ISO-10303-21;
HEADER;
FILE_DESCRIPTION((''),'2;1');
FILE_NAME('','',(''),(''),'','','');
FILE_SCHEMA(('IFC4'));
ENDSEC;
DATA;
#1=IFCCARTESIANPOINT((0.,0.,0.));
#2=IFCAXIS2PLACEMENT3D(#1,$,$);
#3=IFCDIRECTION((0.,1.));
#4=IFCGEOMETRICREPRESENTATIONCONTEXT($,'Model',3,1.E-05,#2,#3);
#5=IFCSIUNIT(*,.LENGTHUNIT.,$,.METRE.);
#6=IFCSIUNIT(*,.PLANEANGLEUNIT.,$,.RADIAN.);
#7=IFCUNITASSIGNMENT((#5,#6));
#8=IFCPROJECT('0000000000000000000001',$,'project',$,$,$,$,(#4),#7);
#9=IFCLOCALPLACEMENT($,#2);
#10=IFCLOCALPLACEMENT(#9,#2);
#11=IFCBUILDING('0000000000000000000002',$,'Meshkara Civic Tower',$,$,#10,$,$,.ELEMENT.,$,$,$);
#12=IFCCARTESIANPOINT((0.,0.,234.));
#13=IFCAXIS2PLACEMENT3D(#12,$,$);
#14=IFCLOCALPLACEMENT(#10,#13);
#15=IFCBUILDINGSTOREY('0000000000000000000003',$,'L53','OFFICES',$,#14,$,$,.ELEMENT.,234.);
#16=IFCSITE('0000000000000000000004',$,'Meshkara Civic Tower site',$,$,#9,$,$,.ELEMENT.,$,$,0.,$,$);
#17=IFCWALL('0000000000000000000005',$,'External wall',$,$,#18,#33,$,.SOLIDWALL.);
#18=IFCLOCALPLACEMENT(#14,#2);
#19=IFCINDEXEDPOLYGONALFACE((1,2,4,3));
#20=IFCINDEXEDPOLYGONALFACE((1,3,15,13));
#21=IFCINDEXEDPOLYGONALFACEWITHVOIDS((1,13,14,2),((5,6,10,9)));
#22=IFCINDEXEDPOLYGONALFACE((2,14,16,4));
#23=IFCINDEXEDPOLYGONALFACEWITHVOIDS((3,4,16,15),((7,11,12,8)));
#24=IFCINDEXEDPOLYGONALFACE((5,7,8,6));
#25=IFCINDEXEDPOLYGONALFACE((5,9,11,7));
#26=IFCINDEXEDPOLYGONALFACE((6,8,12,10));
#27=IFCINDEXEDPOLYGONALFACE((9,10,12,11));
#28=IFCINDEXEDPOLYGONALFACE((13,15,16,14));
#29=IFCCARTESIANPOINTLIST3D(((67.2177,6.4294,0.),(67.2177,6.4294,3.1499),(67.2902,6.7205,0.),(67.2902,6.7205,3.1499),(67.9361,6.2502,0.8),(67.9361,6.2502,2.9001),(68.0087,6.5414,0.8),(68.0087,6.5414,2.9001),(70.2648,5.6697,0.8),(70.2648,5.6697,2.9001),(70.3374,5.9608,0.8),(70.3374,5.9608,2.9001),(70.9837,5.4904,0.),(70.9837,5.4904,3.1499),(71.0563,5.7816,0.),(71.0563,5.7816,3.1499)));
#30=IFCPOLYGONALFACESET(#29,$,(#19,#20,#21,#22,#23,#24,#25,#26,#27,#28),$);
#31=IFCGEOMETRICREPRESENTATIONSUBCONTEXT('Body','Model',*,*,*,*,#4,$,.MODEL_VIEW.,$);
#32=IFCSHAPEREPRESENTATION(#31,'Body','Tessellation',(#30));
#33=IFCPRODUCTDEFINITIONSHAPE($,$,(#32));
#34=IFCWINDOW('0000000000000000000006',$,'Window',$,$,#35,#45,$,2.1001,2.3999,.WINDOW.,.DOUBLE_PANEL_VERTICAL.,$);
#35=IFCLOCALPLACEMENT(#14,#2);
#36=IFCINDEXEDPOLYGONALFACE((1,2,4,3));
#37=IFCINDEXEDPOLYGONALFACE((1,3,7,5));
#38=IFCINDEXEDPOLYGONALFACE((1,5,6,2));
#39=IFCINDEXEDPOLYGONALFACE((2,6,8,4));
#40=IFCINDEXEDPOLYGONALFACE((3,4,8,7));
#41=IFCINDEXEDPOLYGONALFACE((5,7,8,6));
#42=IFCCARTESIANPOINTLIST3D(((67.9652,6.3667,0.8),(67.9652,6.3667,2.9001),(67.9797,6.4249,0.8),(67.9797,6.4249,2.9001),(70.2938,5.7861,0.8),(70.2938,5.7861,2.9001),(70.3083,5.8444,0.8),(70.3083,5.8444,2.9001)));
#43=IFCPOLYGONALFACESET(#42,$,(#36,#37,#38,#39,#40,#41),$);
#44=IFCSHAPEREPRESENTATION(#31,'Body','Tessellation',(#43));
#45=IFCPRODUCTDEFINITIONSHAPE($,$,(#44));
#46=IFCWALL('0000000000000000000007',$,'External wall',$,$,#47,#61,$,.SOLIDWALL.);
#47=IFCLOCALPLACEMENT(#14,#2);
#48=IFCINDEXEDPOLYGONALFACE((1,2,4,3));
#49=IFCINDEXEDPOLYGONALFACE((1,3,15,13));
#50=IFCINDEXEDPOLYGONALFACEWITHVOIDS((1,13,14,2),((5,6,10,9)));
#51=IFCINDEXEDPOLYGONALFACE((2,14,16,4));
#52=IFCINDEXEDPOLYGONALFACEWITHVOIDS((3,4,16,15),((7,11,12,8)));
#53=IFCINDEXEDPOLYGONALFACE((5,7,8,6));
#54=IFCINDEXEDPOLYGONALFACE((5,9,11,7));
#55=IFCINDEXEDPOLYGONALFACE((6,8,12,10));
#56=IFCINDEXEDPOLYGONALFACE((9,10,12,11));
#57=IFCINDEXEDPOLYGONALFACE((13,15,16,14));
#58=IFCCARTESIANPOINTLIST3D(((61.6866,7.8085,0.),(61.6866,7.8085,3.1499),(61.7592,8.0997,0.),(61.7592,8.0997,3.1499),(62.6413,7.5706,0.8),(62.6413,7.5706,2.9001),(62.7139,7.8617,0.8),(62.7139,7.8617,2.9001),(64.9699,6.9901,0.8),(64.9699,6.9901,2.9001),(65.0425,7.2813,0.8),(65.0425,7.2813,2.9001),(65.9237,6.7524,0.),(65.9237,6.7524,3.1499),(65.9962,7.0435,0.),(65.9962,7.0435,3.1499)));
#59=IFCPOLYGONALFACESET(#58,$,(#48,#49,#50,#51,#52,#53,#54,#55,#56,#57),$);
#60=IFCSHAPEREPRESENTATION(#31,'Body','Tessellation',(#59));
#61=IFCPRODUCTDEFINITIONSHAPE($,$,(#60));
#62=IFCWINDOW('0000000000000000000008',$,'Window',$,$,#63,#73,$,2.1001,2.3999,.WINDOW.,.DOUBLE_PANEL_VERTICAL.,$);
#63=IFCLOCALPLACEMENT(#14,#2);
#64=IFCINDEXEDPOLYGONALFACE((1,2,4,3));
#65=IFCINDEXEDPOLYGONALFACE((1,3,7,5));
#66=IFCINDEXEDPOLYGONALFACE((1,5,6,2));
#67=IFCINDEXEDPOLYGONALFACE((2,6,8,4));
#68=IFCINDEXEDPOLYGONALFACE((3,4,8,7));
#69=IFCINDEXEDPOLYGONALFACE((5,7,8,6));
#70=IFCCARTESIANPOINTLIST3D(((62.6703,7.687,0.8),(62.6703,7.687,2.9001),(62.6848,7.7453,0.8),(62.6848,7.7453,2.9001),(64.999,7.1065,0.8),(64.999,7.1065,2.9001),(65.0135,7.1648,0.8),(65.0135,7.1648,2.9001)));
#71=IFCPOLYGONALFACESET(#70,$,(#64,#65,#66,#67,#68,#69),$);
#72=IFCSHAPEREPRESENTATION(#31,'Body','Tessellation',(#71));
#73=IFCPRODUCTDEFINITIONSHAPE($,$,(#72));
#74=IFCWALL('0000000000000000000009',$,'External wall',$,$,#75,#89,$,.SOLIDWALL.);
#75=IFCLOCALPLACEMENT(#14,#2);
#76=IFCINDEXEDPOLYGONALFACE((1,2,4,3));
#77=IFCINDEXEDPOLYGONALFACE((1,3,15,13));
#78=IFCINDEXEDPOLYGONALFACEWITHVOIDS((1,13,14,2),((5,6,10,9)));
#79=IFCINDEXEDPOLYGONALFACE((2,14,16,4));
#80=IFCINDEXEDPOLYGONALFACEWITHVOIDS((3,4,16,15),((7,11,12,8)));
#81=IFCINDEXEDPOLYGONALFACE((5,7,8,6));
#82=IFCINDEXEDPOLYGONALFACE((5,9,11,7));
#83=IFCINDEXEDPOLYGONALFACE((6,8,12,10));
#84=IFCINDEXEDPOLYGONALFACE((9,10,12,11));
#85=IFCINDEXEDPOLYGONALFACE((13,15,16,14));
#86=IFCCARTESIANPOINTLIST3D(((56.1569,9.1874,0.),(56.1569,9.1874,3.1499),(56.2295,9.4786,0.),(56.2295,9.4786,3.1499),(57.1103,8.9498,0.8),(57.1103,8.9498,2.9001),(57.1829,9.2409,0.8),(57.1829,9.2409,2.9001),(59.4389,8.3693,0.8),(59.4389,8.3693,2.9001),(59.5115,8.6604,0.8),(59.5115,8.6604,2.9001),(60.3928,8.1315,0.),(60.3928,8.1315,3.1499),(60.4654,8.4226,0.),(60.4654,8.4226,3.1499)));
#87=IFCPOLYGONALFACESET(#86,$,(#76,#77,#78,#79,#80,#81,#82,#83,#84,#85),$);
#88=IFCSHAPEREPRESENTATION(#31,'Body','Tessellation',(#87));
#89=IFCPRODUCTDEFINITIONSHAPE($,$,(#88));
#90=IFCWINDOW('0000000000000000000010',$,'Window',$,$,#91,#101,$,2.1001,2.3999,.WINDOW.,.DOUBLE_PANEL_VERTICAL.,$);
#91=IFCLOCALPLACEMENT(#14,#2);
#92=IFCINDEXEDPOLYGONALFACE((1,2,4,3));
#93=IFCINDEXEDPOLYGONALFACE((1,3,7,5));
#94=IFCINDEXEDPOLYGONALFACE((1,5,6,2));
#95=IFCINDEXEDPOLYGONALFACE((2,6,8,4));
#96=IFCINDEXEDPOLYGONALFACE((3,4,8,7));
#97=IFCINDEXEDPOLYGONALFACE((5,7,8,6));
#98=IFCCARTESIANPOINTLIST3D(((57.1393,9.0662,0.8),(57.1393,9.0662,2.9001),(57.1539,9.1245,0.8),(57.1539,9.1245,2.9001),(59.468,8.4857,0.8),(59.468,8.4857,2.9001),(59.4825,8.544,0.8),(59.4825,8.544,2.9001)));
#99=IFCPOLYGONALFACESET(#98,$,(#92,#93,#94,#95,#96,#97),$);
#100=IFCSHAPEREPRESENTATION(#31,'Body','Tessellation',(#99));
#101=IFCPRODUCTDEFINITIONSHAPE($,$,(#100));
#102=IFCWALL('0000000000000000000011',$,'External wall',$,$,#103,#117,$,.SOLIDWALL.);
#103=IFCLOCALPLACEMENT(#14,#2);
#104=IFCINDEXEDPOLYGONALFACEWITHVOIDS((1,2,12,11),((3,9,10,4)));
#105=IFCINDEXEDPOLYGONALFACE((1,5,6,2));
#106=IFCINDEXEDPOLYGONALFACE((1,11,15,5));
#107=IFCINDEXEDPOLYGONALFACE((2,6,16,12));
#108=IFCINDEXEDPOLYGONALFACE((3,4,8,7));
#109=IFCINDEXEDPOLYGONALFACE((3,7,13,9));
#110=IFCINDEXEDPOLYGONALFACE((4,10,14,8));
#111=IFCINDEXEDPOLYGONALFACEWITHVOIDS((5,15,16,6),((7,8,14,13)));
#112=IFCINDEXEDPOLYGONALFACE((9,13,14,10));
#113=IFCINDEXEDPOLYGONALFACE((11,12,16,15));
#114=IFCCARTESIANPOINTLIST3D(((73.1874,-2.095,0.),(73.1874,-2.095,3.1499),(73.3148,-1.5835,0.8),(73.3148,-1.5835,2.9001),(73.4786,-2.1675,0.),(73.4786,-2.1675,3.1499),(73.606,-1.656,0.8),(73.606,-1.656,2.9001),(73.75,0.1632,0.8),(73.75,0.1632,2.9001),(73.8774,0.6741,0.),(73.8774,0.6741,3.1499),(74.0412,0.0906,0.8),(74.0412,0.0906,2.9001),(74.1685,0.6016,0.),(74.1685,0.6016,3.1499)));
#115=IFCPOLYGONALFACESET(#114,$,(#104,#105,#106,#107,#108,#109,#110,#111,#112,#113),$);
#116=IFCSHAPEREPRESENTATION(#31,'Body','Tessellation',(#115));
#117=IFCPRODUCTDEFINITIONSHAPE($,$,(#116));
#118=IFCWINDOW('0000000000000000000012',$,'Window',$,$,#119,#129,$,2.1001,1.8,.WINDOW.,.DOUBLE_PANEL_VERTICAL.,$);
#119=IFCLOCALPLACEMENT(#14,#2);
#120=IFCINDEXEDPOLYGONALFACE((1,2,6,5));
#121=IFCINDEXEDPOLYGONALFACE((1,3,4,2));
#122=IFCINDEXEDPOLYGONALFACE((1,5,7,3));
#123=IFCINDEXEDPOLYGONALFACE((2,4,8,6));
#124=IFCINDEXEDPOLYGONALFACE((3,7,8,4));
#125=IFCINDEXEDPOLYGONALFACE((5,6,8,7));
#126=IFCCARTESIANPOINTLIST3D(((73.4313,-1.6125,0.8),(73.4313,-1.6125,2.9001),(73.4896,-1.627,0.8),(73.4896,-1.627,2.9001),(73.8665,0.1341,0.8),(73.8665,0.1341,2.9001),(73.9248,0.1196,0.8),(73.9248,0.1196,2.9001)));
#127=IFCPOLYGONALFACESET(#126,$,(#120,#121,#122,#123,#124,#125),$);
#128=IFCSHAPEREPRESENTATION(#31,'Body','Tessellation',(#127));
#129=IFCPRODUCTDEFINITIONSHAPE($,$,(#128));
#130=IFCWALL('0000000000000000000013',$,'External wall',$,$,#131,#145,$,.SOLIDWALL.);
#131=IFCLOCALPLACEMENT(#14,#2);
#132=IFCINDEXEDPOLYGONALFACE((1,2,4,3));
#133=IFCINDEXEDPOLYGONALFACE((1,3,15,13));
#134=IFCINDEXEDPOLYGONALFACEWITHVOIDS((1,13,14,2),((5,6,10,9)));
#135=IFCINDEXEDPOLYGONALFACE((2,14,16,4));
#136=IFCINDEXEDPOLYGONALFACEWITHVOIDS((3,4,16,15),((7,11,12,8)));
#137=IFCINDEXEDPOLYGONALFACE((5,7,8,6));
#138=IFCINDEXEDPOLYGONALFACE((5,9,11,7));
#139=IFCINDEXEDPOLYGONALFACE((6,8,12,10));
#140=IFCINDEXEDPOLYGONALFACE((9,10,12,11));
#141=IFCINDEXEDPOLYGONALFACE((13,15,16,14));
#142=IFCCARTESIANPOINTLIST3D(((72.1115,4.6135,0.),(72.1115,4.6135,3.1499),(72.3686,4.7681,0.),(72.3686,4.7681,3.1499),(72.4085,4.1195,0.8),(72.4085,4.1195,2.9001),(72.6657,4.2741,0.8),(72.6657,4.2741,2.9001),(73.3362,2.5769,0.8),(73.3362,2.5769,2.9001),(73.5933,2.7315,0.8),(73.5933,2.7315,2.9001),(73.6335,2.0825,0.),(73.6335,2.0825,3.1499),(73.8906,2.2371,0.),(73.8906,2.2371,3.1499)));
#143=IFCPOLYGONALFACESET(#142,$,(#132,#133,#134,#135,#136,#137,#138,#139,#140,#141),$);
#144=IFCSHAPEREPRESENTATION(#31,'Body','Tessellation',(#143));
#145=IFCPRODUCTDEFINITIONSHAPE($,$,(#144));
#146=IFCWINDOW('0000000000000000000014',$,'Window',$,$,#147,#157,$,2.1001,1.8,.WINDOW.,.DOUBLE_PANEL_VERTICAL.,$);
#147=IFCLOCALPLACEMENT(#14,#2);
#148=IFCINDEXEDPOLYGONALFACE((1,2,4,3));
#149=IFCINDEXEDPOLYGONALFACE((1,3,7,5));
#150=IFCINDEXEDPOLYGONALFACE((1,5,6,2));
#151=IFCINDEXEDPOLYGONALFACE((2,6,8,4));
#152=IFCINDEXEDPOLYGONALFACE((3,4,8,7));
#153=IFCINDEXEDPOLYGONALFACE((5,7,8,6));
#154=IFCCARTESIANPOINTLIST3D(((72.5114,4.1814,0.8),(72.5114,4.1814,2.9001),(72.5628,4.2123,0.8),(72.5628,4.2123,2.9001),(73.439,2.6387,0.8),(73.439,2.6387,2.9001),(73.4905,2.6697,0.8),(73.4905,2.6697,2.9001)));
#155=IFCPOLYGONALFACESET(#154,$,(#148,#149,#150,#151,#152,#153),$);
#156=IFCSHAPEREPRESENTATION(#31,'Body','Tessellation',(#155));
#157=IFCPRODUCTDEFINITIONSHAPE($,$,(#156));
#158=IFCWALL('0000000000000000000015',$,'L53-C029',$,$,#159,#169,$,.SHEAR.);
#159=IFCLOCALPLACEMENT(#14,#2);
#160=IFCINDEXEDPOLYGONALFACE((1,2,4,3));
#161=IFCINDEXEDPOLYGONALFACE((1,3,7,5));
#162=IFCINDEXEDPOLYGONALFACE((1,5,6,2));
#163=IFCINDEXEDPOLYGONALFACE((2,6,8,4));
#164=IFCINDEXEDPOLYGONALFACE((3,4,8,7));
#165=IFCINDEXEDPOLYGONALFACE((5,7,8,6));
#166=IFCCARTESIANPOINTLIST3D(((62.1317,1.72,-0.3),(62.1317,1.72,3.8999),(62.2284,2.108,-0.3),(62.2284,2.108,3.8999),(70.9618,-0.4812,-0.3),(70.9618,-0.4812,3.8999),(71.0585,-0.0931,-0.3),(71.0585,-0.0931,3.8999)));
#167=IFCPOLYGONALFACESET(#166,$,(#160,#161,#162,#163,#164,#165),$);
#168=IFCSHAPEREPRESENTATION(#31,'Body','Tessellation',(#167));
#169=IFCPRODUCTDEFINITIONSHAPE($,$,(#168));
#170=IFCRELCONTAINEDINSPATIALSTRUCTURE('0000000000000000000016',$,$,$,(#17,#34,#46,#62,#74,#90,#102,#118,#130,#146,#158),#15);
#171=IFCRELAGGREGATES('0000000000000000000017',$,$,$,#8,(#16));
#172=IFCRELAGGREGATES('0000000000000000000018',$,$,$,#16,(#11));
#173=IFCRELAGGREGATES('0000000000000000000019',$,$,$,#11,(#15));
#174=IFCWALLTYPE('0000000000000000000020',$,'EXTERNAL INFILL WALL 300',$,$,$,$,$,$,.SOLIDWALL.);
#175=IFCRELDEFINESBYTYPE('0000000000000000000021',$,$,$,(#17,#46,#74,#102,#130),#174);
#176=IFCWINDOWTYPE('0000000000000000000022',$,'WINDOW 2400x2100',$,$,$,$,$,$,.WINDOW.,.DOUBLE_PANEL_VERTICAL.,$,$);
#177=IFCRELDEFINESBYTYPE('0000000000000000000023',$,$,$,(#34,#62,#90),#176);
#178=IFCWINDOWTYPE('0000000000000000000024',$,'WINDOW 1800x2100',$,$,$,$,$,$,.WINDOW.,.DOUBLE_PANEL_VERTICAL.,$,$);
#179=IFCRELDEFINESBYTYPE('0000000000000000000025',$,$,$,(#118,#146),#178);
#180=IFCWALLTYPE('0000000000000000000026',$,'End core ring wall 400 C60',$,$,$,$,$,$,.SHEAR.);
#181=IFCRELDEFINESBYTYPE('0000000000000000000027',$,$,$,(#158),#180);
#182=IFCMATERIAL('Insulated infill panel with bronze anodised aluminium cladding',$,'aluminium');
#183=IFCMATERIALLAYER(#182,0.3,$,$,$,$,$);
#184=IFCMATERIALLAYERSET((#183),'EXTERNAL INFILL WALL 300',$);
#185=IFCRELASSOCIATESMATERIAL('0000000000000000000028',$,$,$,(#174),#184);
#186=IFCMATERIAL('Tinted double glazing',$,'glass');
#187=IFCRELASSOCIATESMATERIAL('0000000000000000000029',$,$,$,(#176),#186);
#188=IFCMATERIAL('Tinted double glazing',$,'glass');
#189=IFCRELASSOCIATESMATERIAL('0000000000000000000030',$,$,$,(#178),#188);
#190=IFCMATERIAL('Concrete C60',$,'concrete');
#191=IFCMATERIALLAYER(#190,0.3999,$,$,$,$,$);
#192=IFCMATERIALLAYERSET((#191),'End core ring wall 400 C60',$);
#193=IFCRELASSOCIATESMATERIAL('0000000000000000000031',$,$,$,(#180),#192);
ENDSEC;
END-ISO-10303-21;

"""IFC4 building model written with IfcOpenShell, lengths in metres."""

from ifc_helpers import new_model, si_unit, direction, frame, frame_2d, origin, place, context, subcontext, project, spatial, rectangle, extrude, material, layer, layer_set, type_object, element, fill, save


model = new_model("IFC4")

# Units and contexts
model_context = context("Model", 3, precision=1e-05, world=origin(), true_north=direction((0.0, 1.0)))
body_context = subcontext(model_context, "Body", "Model", "MODEL_VIEW")
ifc_project = project(units=[si_unit("LENGTHUNIT", "METRE"), si_unit("PLANEANGLEUNIT", "RADIAN")], contexts=[model_context])

# Site, building, storey
site_placement = place(None, origin())
site = spatial("IfcSite", under=ifc_project, at=site_placement, Name="Meshkara Civic Tower site", CompositionType="ELEMENT", RefElevation=0.0)
building_placement = place(site_placement, origin())
building = spatial("IfcBuilding", under=site, at=building_placement, Name="Meshkara Civic Tower", CompositionType="ELEMENT")
storey_placement = place(building_placement, frame((0.0, 0.0, 234.0)))
storey = spatial("IfcBuildingStorey", under=building, at=storey_placement, Name="L53", Description="OFFICES", CompositionType="ELEMENT", Elevation=234.0)

# Walls, openings, windows
ifc_material_1 = material(Name="Insulated infill panel with bronze anodised aluminium cladding", Category="aluminium")
ifc_layer_1 = layer(ifc_material_1, 0.3)
ifc_layer_set_1 = layer_set([ifc_layer_1], Name="EXTERNAL INFILL WALL 300")
wall_type_1 = type_object("IfcWallType", Name="EXTERNAL INFILL WALL 300", PredefinedType="SOLIDWALL", material=ifc_layer_set_1)
wall_1_placement = place(storey_placement, frame((71.02, 5.636, 0.0), z_axis=(0.0, 0.0, 1.0), x_axis=(-0.970298, 0.241914, 0.0)))
wall_1 = element("IfcWall", 1, at=wall_1_placement, inside=storey, type_object=wall_type_1, Name="External wall", PredefinedType="SOLIDWALL", context=body_context, shape_type="SweptSolid", body=[
    extrude(rectangle(XDim=3.8813, YDim=0.3, at=frame_2d((1.9407, 0.0))), origin(), (0.0, 0.0, 1.0), 3.1499),
])
opening_1_placement = place(wall_1_placement, frame((0.741, 0.0, 0.8)))
opening_1 = element("IfcOpeningElement", 2, at=opening_1_placement, cuts=wall_1, PredefinedType="OPENING", context=body_context, shape_type="SweptSolid", body=[
    extrude(rectangle(XDim=2.3999, YDim=2.1001, at=frame_2d((1.2, 1.05))), frame((0.0, 0.1599, 0.0), z_axis=(0.0, -1.0, 0.0), x_axis=(1.0, 0.0, 0.0)), (0.0, 0.0, 1.0), 0.3201),
])
ifc_material_2 = material(Name="Tinted double glazing", Category="glass")
window_type_1 = type_object("IfcWindowType", Name="WINDOW 2400x2100", PartitioningType="DOUBLE_PANEL_VERTICAL", PredefinedType="WINDOW", material=ifc_material_2)
window_1_placement = place(opening_1_placement, origin())
window_1 = element("IfcWindow", 3, at=window_1_placement, inside=storey, type_object=window_type_1, Name="Window", OverallHeight=2.1001, OverallWidth=2.3999, PartitioningType="DOUBLE_PANEL_VERTICAL", PredefinedType="WINDOW", context=body_context, shape_type="SweptSolid", body=[
    extrude(rectangle(XDim=2.3999, YDim=2.1001, at=frame_2d((1.2, 1.05))), frame((0.0, 0.03, 0.0), z_axis=(0.0, -1.0, 0.0), x_axis=(1.0, 0.0, 0.0)), (0.0, 0.0, 1.0), 0.0601),
])
fill(opening_1, window_1)
wall_2_placement = place(storey_placement, frame((65.96, 6.8979, 0.0), z_axis=(0.0, 0.0, 1.0), x_axis=(-0.97031, 0.241865, 0.0)))
wall_2 = element("IfcWall", 4, at=wall_2_placement, inside=storey, type_object=wall_type_1, Name="External wall", PredefinedType="SOLIDWALL", context=body_context, shape_type="SweptSolid", body=[
    extrude(rectangle(XDim=4.3667, YDim=0.3, at=frame_2d((2.1833, 0.0))), origin(), (0.0, 0.0, 1.0), 3.1499),
])
opening_2_placement = place(wall_2_placement, frame((0.9829, 0.0, 0.8)))
opening_2 = element("IfcOpeningElement", 5, at=opening_2_placement, cuts=wall_2, PredefinedType="OPENING", context=body_context, shape_type="SweptSolid", body=[
    extrude(rectangle(XDim=2.3999, YDim=2.1001, at=frame_2d((1.2, 1.05))), frame((0.0, 0.1599, 0.0), z_axis=(0.0, -1.0, 0.0), x_axis=(1.0, 0.0, 0.0)), (0.0, 0.0, 1.0), 0.3201),
])
window_2_placement = place(opening_2_placement, origin())
window_2 = element("IfcWindow", 6, at=window_2_placement, inside=storey, type_object=window_type_1, Name="Window", OverallHeight=2.1001, OverallWidth=2.3999, PartitioningType="DOUBLE_PANEL_VERTICAL", PredefinedType="WINDOW", context=body_context, shape_type="SweptSolid", body=[
    extrude(rectangle(XDim=2.3999, YDim=2.1001, at=frame_2d((1.2, 1.05))), frame((0.0, 0.03, 0.0), z_axis=(0.0, -1.0, 0.0), x_axis=(1.0, 0.0, 0.0)), (0.0, 0.0, 1.0), 0.0601),
])
fill(opening_2, window_2)
wall_3_placement = place(storey_placement, frame((60.429, 8.2771, 0.0), z_axis=(0.0, 0.0, 1.0), x_axis=(-0.970307, 0.241878, 0.0)))
wall_3 = element("IfcWall", 7, at=wall_3_placement, inside=storey, type_object=wall_type_1, Name="External wall", PredefinedType="SOLIDWALL", context=body_context, shape_type="SweptSolid", body=[
    extrude(rectangle(XDim=4.3655, YDim=0.3, at=frame_2d((2.1826, 0.0))), origin(), (0.0, 0.0, 1.0), 3.1499),
])
opening_3_placement = place(wall_3_placement, frame((0.9829, 0.0, 0.8)))
opening_3 = element("IfcOpeningElement", 8, at=opening_3_placement, cuts=wall_3, PredefinedType="OPENING", context=body_context, shape_type="SweptSolid", body=[
    extrude(rectangle(XDim=2.3999, YDim=2.1001, at=frame_2d((1.2, 1.05))), frame((0.0, 0.1599, 0.0), z_axis=(0.0, -1.0, 0.0), x_axis=(1.0, 0.0, 0.0)), (0.0, 0.0, 1.0), 0.3201),
])
window_3_placement = place(opening_3_placement, origin())
window_3 = element("IfcWindow", 9, at=window_3_placement, inside=storey, type_object=window_type_1, Name="Window", OverallHeight=2.1001, OverallWidth=2.3999, PartitioningType="DOUBLE_PANEL_VERTICAL", PredefinedType="WINDOW", context=body_context, shape_type="SweptSolid", body=[
    extrude(rectangle(XDim=2.3999, YDim=2.1001, at=frame_2d((1.2, 1.05))), frame((0.0, 0.03, 0.0), z_axis=(0.0, -1.0, 0.0), x_axis=(1.0, 0.0, 0.0)), (0.0, 0.0, 1.0), 0.0601),
])
fill(opening_3, window_3)
wall_4_placement = place(storey_placement, frame((73.333, -2.1311, 0.0), z_axis=(0.0, 0.0, 1.0), x_axis=(0.241771, 0.970333, 0.0)))
wall_4 = element("IfcWall", 10, at=wall_4_placement, inside=storey, type_object=wall_type_1, Name="External wall", PredefinedType="SOLIDWALL", context=body_context, shape_type="SweptSolid", body=[
    extrude(rectangle(XDim=2.8538, YDim=0.3, at=frame_2d((1.4268, 0.0))), origin(), (0.0, 0.0, 1.0), 3.1499),
])
opening_4_placement = place(wall_4_placement, frame((0.5271, 0.0, 0.8)))
opening_4 = element("IfcOpeningElement", 11, at=opening_4_placement, cuts=wall_4, PredefinedType="OPENING", context=body_context, shape_type="SweptSolid", body=[
    extrude(rectangle(XDim=1.8, YDim=2.1001, at=frame_2d((0.8999, 1.05))), frame((0.0, 0.1599, 0.0), z_axis=(0.0, -1.0, 0.0), x_axis=(1.0, 0.0, 0.0)), (0.0, 0.0, 1.0), 0.3201),
])
ifc_material_3 = material(Name="Tinted double glazing", Category="glass")
window_type_2 = type_object("IfcWindowType", Name="WINDOW 1800x2100", PartitioningType="DOUBLE_PANEL_VERTICAL", PredefinedType="WINDOW", material=ifc_material_3)
window_4_placement = place(opening_4_placement, origin())
window_4 = element("IfcWindow", 12, at=window_4_placement, inside=storey, type_object=window_type_2, Name="Window", OverallHeight=2.1001, OverallWidth=1.8, PartitioningType="DOUBLE_PANEL_VERTICAL", PredefinedType="WINDOW", context=body_context, shape_type="SweptSolid", body=[
    extrude(rectangle(XDim=1.8, YDim=2.1001, at=frame_2d((0.8999, 1.05))), frame((0.0, 0.03, 0.0), z_axis=(0.0, -1.0, 0.0), x_axis=(1.0, 0.0, 0.0)), (0.0, 0.0, 1.0), 0.0601),
])
fill(opening_4, window_4)
wall_5_placement = place(storey_placement, frame((73.762, 2.1599, 0.0), z_axis=(0.0, 0.0, 1.0), x_axis=(-0.515334, 0.856989, 0.0)))
wall_5 = element("IfcWall", 13, at=wall_5_placement, inside=storey, type_object=wall_type_1, Name="External wall", PredefinedType="SOLIDWALL", context=body_context, shape_type="SweptSolid", body=[
    extrude(rectangle(XDim=2.9534, YDim=0.3, at=frame_2d((1.4766, 0.0))), origin(), (0.0, 0.0, 1.0), 3.1499),
])
opening_5_placement = place(wall_5_placement, frame((0.5769, 0.0, 0.8)))
opening_5 = element("IfcOpeningElement", 14, at=opening_5_placement, cuts=wall_5, PredefinedType="OPENING", context=body_context, shape_type="SweptSolid", body=[
    extrude(rectangle(XDim=1.8, YDim=2.1001, at=frame_2d((0.8999, 1.05))), frame((0.0, 0.1599, 0.0), z_axis=(0.0, -1.0, 0.0), x_axis=(1.0, 0.0, 0.0)), (0.0, 0.0, 1.0), 0.3201),
])
window_5_placement = place(opening_5_placement, origin())
window_5 = element("IfcWindow", 15, at=window_5_placement, inside=storey, type_object=window_type_2, Name="Window", OverallHeight=2.1001, OverallWidth=1.8, PartitioningType="DOUBLE_PANEL_VERTICAL", PredefinedType="WINDOW", context=body_context, shape_type="SweptSolid", body=[
    extrude(rectangle(XDim=1.8, YDim=2.1001, at=frame_2d((0.8999, 1.05))), frame((0.0, 0.03, 0.0), z_axis=(0.0, -1.0, 0.0), x_axis=(1.0, 0.0, 0.0)), (0.0, 0.0, 1.0), 0.0601),
])
fill(opening_5, window_5)

# Wall
ifc_material_4 = material(Name="Concrete C60", Category="concrete")
ifc_layer_2 = layer(ifc_material_4, 0.3999)
ifc_layer_set_2 = layer_set([ifc_layer_2], Name="End core ring wall 400 C60")
wall_type_2 = type_object("IfcWallType", Name="End core ring wall 400 C60", PredefinedType="SHEAR", material=ifc_layer_set_2)
wall_6_placement = place(storey_placement, frame((62.1799, 1.9141, -0.3), z_axis=(0.0, 0.0, 1.0), x_axis=(0.970306, -0.241879, 0.0)))
element("IfcWall", 16, at=wall_6_placement, inside=storey, type_object=wall_type_2, Name="L53-C029", PredefinedType="SHEAR", context=body_context, shape_type="SweptSolid", body=[
    extrude(rectangle(XDim=9.1003, YDim=0.3999, at=frame_2d((4.5503, 0.0))), origin(), (0.0, 0.0, 1.0), 4.2),
])

save(model, "model.ifc")
